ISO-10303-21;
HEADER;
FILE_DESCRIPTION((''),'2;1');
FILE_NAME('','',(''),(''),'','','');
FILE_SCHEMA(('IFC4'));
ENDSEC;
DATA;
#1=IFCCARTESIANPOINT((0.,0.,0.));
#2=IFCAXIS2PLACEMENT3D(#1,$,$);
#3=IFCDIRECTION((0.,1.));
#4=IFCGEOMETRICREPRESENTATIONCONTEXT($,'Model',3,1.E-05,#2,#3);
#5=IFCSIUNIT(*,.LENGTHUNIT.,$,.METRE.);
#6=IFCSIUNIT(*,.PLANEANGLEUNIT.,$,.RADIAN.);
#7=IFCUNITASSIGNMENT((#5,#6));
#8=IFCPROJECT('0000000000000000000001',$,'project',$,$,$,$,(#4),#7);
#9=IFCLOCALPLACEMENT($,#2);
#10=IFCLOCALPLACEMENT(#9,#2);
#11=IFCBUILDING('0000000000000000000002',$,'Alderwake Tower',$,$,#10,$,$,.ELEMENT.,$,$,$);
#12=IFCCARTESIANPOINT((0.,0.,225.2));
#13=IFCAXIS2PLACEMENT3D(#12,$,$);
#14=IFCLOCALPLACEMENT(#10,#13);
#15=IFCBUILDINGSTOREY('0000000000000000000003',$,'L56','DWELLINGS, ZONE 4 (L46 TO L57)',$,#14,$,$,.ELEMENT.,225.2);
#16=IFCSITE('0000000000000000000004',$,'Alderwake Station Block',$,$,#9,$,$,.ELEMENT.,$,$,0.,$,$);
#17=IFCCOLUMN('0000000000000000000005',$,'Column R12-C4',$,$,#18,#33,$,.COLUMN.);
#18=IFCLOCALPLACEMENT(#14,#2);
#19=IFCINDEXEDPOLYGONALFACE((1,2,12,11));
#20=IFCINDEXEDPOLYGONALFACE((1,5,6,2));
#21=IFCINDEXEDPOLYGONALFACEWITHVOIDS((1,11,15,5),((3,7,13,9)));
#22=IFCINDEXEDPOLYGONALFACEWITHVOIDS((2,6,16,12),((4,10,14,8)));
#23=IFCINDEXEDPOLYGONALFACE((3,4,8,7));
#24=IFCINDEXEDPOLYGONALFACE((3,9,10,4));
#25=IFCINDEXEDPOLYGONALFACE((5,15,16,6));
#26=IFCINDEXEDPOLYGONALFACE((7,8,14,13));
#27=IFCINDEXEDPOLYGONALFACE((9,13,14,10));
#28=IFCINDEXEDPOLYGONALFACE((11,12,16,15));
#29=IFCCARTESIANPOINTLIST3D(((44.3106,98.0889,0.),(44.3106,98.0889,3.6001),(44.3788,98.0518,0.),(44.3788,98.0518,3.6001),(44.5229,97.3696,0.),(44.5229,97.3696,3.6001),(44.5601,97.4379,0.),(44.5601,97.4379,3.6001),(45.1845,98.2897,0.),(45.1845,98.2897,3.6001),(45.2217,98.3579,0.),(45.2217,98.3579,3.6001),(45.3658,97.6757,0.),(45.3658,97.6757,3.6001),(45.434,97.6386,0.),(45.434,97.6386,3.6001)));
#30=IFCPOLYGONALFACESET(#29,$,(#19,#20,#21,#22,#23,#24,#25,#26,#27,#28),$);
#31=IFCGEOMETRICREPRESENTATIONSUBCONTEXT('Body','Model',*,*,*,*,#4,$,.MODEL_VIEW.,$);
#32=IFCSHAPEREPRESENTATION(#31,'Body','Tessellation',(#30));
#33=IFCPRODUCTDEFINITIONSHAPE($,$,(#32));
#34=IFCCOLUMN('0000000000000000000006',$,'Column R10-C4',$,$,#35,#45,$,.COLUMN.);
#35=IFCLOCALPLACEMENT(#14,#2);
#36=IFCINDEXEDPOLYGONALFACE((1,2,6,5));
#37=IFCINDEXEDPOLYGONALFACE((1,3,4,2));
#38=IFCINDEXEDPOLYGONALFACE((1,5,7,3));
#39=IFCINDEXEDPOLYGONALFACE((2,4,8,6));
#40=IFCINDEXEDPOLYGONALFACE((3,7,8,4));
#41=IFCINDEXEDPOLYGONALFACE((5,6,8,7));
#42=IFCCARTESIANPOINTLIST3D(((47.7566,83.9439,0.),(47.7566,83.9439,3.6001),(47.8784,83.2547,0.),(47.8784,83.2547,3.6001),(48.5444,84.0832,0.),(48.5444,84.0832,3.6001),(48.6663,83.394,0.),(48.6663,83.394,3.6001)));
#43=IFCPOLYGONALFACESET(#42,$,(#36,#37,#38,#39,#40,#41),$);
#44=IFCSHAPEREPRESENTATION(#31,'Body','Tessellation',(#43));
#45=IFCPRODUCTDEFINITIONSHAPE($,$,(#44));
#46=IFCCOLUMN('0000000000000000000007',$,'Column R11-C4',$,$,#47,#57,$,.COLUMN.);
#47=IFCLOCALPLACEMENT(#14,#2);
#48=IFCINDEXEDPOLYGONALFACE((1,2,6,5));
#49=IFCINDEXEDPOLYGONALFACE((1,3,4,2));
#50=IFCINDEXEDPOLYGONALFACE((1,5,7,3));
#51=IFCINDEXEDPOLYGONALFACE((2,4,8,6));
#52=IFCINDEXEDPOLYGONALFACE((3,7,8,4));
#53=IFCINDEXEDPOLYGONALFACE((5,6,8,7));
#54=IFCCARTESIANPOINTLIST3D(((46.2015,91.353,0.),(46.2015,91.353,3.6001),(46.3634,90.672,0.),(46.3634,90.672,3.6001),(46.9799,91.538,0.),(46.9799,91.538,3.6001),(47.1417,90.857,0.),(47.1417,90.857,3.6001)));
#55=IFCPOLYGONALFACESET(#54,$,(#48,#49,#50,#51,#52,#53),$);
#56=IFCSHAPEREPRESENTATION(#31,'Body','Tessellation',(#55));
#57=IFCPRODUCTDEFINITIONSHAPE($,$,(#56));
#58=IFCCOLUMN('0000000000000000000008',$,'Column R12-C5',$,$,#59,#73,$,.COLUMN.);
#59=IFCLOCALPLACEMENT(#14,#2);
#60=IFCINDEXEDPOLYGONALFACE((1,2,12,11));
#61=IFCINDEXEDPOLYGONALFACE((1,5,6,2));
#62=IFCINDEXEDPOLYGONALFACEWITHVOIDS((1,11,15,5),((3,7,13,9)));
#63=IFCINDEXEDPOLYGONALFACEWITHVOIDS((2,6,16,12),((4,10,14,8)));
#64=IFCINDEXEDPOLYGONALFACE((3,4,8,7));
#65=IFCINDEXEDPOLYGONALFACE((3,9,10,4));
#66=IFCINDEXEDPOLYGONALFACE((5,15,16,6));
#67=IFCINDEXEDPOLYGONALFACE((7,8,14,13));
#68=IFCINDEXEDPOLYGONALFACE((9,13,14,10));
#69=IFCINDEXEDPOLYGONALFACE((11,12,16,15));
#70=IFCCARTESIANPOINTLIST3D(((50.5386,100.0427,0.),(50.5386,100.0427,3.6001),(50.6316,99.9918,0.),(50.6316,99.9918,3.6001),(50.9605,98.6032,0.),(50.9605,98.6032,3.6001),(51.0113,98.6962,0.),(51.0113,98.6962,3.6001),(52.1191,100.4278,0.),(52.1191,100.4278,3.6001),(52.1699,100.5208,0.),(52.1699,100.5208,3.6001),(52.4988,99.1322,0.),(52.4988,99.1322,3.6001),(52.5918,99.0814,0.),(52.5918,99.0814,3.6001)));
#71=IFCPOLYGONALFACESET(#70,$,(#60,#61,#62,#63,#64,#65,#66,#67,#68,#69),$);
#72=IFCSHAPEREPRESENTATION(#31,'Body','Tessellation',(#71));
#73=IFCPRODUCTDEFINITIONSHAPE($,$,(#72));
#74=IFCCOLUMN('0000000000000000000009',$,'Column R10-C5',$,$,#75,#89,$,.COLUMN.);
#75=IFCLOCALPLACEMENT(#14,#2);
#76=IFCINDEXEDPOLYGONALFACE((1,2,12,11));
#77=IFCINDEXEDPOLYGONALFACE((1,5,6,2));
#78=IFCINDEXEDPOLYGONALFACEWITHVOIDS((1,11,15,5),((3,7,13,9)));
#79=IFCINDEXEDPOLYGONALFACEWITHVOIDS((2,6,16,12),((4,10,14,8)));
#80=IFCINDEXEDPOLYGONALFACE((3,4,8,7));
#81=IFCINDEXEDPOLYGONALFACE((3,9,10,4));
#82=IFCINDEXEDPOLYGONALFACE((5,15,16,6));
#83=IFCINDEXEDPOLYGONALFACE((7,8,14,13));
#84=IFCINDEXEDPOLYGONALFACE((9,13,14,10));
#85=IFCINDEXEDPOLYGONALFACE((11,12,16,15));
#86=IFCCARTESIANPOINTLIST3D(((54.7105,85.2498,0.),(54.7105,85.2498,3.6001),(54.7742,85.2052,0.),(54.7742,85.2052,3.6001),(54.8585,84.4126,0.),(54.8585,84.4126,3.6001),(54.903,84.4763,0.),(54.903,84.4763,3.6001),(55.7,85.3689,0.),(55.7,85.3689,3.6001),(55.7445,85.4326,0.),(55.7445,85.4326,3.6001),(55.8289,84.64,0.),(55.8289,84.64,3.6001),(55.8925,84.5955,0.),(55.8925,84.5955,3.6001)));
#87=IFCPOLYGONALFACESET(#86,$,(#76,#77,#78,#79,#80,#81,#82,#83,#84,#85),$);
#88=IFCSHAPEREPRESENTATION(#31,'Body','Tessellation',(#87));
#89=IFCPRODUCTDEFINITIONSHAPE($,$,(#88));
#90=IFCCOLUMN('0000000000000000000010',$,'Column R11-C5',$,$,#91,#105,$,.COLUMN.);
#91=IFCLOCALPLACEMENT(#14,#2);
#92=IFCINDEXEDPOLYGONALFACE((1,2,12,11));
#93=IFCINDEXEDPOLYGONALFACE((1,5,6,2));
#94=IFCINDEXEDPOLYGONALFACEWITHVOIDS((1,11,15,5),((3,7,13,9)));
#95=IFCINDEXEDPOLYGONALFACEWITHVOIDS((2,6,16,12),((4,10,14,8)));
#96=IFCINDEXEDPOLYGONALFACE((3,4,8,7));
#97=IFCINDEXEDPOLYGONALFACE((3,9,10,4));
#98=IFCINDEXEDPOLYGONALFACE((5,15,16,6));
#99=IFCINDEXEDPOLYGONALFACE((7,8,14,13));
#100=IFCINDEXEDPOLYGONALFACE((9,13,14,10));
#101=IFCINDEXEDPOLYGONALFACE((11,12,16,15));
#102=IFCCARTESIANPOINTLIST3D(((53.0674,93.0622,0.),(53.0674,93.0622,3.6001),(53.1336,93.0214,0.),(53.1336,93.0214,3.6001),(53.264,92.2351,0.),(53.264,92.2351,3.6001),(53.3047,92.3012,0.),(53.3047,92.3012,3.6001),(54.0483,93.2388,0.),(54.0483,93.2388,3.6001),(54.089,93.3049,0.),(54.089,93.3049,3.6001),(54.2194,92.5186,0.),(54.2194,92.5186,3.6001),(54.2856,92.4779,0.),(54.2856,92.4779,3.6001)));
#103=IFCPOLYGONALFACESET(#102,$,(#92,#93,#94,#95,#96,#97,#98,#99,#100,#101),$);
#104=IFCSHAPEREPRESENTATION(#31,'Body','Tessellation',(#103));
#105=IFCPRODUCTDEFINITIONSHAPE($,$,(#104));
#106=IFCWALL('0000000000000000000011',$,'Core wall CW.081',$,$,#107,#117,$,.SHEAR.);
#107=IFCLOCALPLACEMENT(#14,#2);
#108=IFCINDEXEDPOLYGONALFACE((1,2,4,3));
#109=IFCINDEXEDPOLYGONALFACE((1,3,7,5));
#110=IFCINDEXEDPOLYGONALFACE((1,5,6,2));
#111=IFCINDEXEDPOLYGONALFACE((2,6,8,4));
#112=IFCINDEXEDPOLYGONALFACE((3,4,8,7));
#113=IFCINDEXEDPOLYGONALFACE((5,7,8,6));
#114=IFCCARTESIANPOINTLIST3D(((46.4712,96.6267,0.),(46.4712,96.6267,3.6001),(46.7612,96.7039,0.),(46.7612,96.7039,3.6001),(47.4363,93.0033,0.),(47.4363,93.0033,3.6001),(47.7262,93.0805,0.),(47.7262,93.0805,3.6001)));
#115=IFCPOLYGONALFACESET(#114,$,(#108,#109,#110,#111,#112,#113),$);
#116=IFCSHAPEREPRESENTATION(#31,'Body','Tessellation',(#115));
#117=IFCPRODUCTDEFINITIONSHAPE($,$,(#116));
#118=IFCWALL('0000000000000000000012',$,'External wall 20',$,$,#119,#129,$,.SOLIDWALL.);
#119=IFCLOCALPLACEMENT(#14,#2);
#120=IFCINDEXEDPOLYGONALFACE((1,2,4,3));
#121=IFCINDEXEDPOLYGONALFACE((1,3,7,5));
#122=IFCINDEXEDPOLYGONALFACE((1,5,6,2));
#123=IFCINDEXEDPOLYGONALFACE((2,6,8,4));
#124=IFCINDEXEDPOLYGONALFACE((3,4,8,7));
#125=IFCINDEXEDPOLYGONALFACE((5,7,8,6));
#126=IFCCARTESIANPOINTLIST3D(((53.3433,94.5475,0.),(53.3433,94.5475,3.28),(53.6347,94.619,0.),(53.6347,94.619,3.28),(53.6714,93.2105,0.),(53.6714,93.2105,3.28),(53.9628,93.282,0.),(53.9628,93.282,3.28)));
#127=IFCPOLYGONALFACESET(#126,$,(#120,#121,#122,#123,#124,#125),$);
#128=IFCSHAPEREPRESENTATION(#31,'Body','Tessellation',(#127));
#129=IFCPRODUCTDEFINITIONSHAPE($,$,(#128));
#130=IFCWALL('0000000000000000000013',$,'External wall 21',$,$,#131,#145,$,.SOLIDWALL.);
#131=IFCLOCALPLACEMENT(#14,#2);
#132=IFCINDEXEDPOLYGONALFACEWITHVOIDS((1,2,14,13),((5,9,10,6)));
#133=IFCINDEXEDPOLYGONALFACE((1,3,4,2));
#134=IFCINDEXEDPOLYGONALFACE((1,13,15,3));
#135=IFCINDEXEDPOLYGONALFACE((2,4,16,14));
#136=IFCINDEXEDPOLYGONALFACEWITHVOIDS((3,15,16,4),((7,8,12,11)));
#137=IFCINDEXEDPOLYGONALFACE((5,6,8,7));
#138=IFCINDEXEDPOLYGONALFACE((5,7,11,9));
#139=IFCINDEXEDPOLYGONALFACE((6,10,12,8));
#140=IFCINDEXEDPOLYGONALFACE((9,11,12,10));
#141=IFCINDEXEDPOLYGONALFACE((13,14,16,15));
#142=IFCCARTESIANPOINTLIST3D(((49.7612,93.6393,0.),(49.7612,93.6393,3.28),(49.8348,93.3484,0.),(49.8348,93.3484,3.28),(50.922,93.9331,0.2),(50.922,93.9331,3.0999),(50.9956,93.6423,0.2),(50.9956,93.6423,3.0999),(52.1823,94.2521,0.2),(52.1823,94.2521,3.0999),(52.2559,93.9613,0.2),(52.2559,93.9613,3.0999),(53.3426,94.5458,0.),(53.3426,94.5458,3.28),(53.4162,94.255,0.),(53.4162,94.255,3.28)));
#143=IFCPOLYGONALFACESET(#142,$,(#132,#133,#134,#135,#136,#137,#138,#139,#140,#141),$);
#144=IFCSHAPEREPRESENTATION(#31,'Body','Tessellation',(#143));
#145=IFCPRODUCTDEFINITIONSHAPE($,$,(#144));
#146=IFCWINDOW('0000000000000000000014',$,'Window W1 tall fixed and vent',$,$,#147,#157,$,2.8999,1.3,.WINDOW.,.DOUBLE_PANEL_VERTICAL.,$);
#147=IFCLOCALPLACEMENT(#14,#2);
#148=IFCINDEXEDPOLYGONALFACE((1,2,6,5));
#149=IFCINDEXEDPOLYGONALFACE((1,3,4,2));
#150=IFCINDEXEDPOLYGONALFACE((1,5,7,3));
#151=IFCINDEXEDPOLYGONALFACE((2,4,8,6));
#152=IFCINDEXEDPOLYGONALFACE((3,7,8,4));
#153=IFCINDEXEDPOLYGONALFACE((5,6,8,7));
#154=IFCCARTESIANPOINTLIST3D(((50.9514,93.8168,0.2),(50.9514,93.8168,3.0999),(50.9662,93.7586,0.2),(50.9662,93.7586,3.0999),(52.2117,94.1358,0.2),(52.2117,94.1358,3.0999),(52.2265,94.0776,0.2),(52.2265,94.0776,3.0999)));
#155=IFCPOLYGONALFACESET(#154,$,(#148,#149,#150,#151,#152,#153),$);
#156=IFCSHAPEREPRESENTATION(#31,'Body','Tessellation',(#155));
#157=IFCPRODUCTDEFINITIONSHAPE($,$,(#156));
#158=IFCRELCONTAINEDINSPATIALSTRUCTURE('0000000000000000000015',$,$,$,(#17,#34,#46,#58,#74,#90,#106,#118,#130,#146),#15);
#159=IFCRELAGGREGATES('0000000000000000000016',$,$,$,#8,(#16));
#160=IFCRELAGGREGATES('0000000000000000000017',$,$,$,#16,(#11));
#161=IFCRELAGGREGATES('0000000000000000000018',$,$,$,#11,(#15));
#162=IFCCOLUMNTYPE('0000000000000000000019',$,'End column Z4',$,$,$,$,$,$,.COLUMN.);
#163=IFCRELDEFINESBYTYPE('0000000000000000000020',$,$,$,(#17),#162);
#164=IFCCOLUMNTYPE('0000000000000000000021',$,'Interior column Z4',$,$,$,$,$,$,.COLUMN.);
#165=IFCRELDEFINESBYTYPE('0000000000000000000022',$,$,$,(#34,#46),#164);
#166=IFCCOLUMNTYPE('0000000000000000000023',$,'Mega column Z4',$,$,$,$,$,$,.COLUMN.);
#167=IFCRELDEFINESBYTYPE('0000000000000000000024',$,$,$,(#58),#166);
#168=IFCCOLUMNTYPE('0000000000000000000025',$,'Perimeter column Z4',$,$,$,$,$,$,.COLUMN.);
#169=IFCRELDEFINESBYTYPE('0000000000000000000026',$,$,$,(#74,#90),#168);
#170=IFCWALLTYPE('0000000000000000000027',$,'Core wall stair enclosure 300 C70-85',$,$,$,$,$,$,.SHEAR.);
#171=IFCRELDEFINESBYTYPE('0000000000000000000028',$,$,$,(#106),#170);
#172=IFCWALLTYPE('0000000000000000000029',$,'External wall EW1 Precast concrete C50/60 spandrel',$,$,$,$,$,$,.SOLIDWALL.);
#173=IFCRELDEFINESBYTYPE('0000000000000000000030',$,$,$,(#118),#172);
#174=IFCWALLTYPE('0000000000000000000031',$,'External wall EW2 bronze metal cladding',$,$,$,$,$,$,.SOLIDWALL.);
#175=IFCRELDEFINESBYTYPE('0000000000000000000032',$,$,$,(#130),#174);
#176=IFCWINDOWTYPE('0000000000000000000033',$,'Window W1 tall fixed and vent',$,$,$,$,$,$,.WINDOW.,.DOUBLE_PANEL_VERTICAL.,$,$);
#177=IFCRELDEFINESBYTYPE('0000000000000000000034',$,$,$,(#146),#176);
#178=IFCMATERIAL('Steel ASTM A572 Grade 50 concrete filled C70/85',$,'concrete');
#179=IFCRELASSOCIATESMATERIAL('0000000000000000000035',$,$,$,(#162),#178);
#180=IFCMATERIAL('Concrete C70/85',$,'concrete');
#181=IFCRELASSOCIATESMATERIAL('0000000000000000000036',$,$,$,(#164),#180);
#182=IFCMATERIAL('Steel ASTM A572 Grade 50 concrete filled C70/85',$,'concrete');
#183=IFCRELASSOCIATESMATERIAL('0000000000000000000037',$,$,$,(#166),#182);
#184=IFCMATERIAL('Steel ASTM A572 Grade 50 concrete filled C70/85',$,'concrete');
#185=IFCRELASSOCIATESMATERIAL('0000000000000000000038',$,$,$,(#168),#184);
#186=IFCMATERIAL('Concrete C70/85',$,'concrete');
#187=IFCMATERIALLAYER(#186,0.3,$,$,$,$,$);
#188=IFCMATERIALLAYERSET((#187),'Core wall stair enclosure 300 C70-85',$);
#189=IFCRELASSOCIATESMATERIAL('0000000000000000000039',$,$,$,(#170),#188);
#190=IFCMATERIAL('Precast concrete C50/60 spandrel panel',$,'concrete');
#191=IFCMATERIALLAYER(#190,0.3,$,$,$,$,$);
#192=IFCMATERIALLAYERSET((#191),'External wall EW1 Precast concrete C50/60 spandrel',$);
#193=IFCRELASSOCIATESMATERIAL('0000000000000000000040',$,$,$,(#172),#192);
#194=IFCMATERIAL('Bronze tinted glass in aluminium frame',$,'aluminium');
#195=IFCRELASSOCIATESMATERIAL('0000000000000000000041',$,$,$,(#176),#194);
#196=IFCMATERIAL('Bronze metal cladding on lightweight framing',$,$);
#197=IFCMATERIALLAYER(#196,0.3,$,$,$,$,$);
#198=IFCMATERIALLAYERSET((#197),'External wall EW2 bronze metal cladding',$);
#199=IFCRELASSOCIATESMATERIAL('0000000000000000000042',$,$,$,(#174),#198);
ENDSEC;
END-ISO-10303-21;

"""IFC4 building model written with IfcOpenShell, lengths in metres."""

from ifc_helpers import new_model, si_unit, direction, frame, frame_2d, origin, origin_2d, place, context, subcontext, project, spatial, rectangle, hollow_rectangle, extrude, material, layer, layer_set, material_profile, profile_set, type_object, element, fill, save


model = new_model("IFC4")

# Units and contexts
model_context = context("Model", 3, precision=1e-05, world=origin(), true_north=direction((0.0, 1.0)))
body_context = subcontext(model_context, "Body", "Model", "MODEL_VIEW")
ifc_project = project(units=[si_unit("LENGTHUNIT", "METRE"), si_unit("PLANEANGLEUNIT", "RADIAN")], contexts=[model_context])

# Site, building, storey
site_placement = place(None, origin())
site = spatial("IfcSite", under=ifc_project, at=site_placement, Name="Alderwake Station Block", CompositionType="ELEMENT", RefElevation=0.0)
building_placement = place(site_placement, origin())
building = spatial("IfcBuilding", under=site, at=building_placement, Name="Alderwake Tower", CompositionType="ELEMENT")
storey_placement = place(building_placement, frame((0.0, 0.0, 225.2)))
storey = spatial("IfcBuildingStorey", under=building, at=storey_placement, Name="L56", Description="DWELLINGS, ZONE 4 (L46 TO L57)", CompositionType="ELEMENT", Elevation=225.2)

# Columns
ifc_material_1 = material(Name="Steel ASTM A572 Grade 50 concrete filled C70/85", Category="concrete")
ifc_material_profile_1 = material_profile(ifc_material_1, hollow_rectangle(XDim=0.75, YDim=0.95, WallThickness=0.0549, at=origin_2d()), Name="BOX 950X750X55")
ifc_profile_set_1 = profile_set([ifc_material_profile_1], Name="Steel ASTM A572 Grade 50 concrete filled C70/85")
column_type_1 = type_object("IfcColumnType", Name="End column Z4", PredefinedType="COLUMN", material=ifc_profile_set_1)
column_1_placement = place(storey_placement, frame((44.8723, 97.8638, 0.0), z_axis=(0.0, 0.0, 1.0), x_axis=(-0.283132, 0.959081, 0.0)))
element("IfcColumn", 1, at=column_1_placement, inside=storey, type_object=column_type_1, Name="Column R12-C4", PredefinedType="COLUMN", context=body_context, shape_type="SweptSolid", body=[
    extrude(hollow_rectangle(XDim=0.75, YDim=0.95, WallThickness=0.0549, at=origin_2d()), origin(), (0.0, 0.0, 1.0), 3.6001),
])
ifc_material_2 = material(Name="Concrete C70/85", Category="concrete")
ifc_material_profile_2 = material_profile(ifc_material_2, rectangle(XDim=0.7, YDim=0.8, at=origin_2d()), Name="RC 800X700")
ifc_profile_set_2 = profile_set([ifc_material_profile_2], Name="Concrete C70/85")
column_type_2 = type_object("IfcColumnType", Name="Interior column Z4", PredefinedType="COLUMN", material=ifc_profile_set_2)
for number, where, z_axis, x_axis, name in (
    (2, (48.2114, 83.6689, 0.0), (0.0, 0.0, 1.0), (-0.174109, 0.984726, 0.0), "Column R10-C4"),
    (3, (46.6716, 91.105, 0.0), (0.0, 0.0, 1.0), (-0.231222, 0.972901, 0.0), "Column R11-C4"),
):
    element("IfcColumn", number, at=place(storey_placement, frame(where, z_axis=z_axis, x_axis=x_axis)), inside=storey, type_object=column_type_2, Name=name, PredefinedType="COLUMN", context=body_context, shape_type="SweptSolid", body=[
        extrude(rectangle(XDim=0.7, YDim=0.8, at=origin_2d()), origin(), (0.0, 0.0, 1.0), 3.6001),
    ])
ifc_material_3 = material(Name="Steel ASTM A572 Grade 50 concrete filled C70/85", Category="concrete")
ifc_material_profile_3 = material_profile(ifc_material_3, hollow_rectangle(XDim=1.5, YDim=1.7, WallThickness=0.075, at=origin_2d()), Name="BOX 1700X1500X75")
ifc_profile_set_3 = profile_set([ifc_material_profile_3], Name="Steel ASTM A572 Grade 50 concrete filled C70/85")
column_type_3 = type_object("IfcColumnType", Name="Mega column Z4", PredefinedType="COLUMN", material=ifc_profile_set_3)
column_2_placement = place(storey_placement, frame((51.5652, 99.562, 0.0), z_axis=(0.0, 0.0, 1.0), x_axis=(-0.28127, 0.959629, 0.0)))
element("IfcColumn", 4, at=column_2_placement, inside=storey, type_object=column_type_3, Name="Column R12-C5", PredefinedType="COLUMN", context=body_context, shape_type="SweptSolid", body=[
    extrude(hollow_rectangle(XDim=1.5, YDim=1.7, WallThickness=0.075, at=origin_2d()), origin(), (0.0, 0.0, 1.0), 3.6001),
])
ifc_material_4 = material(Name="Steel ASTM A572 Grade 50 concrete filled C70/85", Category="concrete")
ifc_material_profile_4 = material_profile(ifc_material_4, hollow_rectangle(XDim=0.8501, YDim=1.05, WallThickness=0.0549, at=origin_2d()), Name="BOX 1050X850X55")
ifc_profile_set_4 = profile_set([ifc_material_profile_4], Name="Steel ASTM A572 Grade 50 concrete filled C70/85")
column_type_4 = type_object("IfcColumnType", Name="Perimeter column Z4", PredefinedType="COLUMN", material=ifc_profile_set_4)
for number, where, z_axis, x_axis, name in (
    (5, (55.3015, 84.9226, 0.0), (0.0, 0.0, 1.0), (-0.174109, 0.984726, 0.0), "Column R10-C5"),
    (6, (53.6765, 92.77, 0.0), (0.0, 0.0, 1.0), (-0.231222, 0.972901, 0.0), "Column R11-C5"),
):
    element("IfcColumn", number, at=place(storey_placement, frame(where, z_axis=z_axis, x_axis=x_axis)), inside=storey, type_object=column_type_4, Name=name, PredefinedType="COLUMN", context=body_context, shape_type="SweptSolid", body=[
        extrude(hollow_rectangle(XDim=0.8501, YDim=1.05, WallThickness=0.0549, at=origin_2d()), origin(), (0.0, 0.0, 1.0), 3.6001),
    ])

# Wall
ifc_material_5 = material(Name="Concrete C70/85", Category="concrete")
ifc_layer_1 = layer(ifc_material_5, 0.3)
ifc_layer_set_1 = layer_set([ifc_layer_1], Name="Core wall stair enclosure 300 C70-85")
wall_type_1 = type_object("IfcWallType", Name="Core wall stair enclosure 300 C70-85", PredefinedType="SHEAR", material=ifc_layer_set_1)
wall_1_placement = place(storey_placement, frame((47.5813, 93.0417, 0.0), z_axis=(0.0, 0.0, 1.0), x_axis=(-0.257367, 0.966314, 0.0)))
element("IfcWall", 7, at=wall_1_placement, inside=storey, type_object=wall_type_1, Name="Core wall CW.081", PredefinedType="SHEAR", context=body_context, shape_type="SweptSolid", body=[
    extrude(rectangle(XDim=3.7498, YDim=0.3, at=frame_2d((1.875, 0.0))), origin(), (0.0, 0.0, 1.0), 3.6001),
])

# Shared definitions
ifc_material_6 = material(Name="Precast concrete C50/60 spandrel panel", Category="concrete")
ifc_layer_2 = layer(ifc_material_6, 0.3)
ifc_layer_set_2 = layer_set([ifc_layer_2], Name="External wall EW1 Precast concrete C50/60 spandrel")
wall_type_2 = type_object("IfcWallType", Name="External wall EW1 Precast concrete C50/60 spandrel", PredefinedType="SOLIDWALL", material=ifc_layer_set_2)
ifc_material_7 = material(Name="Bronze tinted glass in aluminium frame", Category="aluminium")
window_type = type_object("IfcWindowType", Name="Window W1 tall fixed and vent", PartitioningType="DOUBLE_PANEL_VERTICAL", PredefinedType="WINDOW", material=ifc_material_7)

# Wall
wall_2_placement = place(storey_placement, frame((53.8171, 93.2461, 0.0), z_axis=(0.0, 0.0, 1.0), x_axis=(-0.23836, 0.971177, 0.0)))
element("IfcWall", 8, at=wall_2_placement, inside=storey, type_object=wall_type_2, Name="External wall 20", PredefinedType="SOLIDWALL", context=body_context, shape_type="SweptSolid", body=[
    extrude(rectangle(XDim=1.3767, YDim=0.3, at=frame_2d((0.6885, 0.0))), origin(), (0.0, 0.0, 1.0), 3.28),
])

# Wall, opening, window
ifc_material_8 = material(Name="Bronze metal cladding on lightweight framing")
ifc_layer_3 = layer(ifc_material_8, 0.3)
ifc_layer_set_3 = layer_set([ifc_layer_3], Name="External wall EW2 bronze metal cladding")
wall_type_3 = type_object("IfcWallType", Name="External wall EW2 bronze metal cladding", PredefinedType="SOLIDWALL", material=ifc_layer_set_3)
wall_3_placement = place(storey_placement, frame((53.3794, 94.4004, 0.0), z_axis=(0.0, 0.0, 1.0), x_axis=(-0.969427, -0.24538, 0.0)))
wall_3 = element("IfcWall", 9, at=wall_3_placement, inside=storey, type_object=wall_type_3, Name="External wall 21", PredefinedType="SOLIDWALL", context=body_context, shape_type="SweptSolid", body=[
    extrude(rectangle(XDim=3.6943, YDim=0.3, at=frame_2d((1.8472, 0.0))), origin(), (0.0, 0.0, 1.0), 3.28),
])
opening_1_placement = place(wall_3_placement, frame((1.197, 0.0, 0.2)))
opening_1 = element("IfcOpeningElement", 10, at=opening_1_placement, cuts=wall_3, PredefinedType="OPENING", context=body_context, shape_type="SweptSolid", body=[
    extrude(rectangle(XDim=1.3, YDim=2.8999, at=frame_2d((0.6499, 1.45))), frame((0.0, 0.1599, 0.0), z_axis=(0.0, -1.0, 0.0), x_axis=(1.0, 0.0, 0.0)), (0.0, 0.0, 1.0), 0.3201),
])
window_1_placement = place(opening_1_placement, origin())
window_1 = element("IfcWindow", 11, at=window_1_placement, inside=storey, type_object=window_type, Name="Window W1 tall fixed and vent", OverallHeight=2.8999, OverallWidth=1.3, PartitioningType="DOUBLE_PANEL_VERTICAL", PredefinedType="WINDOW", context=body_context, shape_type="SweptSolid", body=[
    extrude(rectangle(XDim=1.3, YDim=2.8999, at=frame_2d((0.6499, 1.45))), frame((0.0, 0.03, 0.0), z_axis=(0.0, -1.0, 0.0), x_axis=(1.0, 0.0, 0.0)), (0.0, 0.0, 1.0), 0.0601),
])
fill(opening_1, window_1)

save(model, "model.ifc")
